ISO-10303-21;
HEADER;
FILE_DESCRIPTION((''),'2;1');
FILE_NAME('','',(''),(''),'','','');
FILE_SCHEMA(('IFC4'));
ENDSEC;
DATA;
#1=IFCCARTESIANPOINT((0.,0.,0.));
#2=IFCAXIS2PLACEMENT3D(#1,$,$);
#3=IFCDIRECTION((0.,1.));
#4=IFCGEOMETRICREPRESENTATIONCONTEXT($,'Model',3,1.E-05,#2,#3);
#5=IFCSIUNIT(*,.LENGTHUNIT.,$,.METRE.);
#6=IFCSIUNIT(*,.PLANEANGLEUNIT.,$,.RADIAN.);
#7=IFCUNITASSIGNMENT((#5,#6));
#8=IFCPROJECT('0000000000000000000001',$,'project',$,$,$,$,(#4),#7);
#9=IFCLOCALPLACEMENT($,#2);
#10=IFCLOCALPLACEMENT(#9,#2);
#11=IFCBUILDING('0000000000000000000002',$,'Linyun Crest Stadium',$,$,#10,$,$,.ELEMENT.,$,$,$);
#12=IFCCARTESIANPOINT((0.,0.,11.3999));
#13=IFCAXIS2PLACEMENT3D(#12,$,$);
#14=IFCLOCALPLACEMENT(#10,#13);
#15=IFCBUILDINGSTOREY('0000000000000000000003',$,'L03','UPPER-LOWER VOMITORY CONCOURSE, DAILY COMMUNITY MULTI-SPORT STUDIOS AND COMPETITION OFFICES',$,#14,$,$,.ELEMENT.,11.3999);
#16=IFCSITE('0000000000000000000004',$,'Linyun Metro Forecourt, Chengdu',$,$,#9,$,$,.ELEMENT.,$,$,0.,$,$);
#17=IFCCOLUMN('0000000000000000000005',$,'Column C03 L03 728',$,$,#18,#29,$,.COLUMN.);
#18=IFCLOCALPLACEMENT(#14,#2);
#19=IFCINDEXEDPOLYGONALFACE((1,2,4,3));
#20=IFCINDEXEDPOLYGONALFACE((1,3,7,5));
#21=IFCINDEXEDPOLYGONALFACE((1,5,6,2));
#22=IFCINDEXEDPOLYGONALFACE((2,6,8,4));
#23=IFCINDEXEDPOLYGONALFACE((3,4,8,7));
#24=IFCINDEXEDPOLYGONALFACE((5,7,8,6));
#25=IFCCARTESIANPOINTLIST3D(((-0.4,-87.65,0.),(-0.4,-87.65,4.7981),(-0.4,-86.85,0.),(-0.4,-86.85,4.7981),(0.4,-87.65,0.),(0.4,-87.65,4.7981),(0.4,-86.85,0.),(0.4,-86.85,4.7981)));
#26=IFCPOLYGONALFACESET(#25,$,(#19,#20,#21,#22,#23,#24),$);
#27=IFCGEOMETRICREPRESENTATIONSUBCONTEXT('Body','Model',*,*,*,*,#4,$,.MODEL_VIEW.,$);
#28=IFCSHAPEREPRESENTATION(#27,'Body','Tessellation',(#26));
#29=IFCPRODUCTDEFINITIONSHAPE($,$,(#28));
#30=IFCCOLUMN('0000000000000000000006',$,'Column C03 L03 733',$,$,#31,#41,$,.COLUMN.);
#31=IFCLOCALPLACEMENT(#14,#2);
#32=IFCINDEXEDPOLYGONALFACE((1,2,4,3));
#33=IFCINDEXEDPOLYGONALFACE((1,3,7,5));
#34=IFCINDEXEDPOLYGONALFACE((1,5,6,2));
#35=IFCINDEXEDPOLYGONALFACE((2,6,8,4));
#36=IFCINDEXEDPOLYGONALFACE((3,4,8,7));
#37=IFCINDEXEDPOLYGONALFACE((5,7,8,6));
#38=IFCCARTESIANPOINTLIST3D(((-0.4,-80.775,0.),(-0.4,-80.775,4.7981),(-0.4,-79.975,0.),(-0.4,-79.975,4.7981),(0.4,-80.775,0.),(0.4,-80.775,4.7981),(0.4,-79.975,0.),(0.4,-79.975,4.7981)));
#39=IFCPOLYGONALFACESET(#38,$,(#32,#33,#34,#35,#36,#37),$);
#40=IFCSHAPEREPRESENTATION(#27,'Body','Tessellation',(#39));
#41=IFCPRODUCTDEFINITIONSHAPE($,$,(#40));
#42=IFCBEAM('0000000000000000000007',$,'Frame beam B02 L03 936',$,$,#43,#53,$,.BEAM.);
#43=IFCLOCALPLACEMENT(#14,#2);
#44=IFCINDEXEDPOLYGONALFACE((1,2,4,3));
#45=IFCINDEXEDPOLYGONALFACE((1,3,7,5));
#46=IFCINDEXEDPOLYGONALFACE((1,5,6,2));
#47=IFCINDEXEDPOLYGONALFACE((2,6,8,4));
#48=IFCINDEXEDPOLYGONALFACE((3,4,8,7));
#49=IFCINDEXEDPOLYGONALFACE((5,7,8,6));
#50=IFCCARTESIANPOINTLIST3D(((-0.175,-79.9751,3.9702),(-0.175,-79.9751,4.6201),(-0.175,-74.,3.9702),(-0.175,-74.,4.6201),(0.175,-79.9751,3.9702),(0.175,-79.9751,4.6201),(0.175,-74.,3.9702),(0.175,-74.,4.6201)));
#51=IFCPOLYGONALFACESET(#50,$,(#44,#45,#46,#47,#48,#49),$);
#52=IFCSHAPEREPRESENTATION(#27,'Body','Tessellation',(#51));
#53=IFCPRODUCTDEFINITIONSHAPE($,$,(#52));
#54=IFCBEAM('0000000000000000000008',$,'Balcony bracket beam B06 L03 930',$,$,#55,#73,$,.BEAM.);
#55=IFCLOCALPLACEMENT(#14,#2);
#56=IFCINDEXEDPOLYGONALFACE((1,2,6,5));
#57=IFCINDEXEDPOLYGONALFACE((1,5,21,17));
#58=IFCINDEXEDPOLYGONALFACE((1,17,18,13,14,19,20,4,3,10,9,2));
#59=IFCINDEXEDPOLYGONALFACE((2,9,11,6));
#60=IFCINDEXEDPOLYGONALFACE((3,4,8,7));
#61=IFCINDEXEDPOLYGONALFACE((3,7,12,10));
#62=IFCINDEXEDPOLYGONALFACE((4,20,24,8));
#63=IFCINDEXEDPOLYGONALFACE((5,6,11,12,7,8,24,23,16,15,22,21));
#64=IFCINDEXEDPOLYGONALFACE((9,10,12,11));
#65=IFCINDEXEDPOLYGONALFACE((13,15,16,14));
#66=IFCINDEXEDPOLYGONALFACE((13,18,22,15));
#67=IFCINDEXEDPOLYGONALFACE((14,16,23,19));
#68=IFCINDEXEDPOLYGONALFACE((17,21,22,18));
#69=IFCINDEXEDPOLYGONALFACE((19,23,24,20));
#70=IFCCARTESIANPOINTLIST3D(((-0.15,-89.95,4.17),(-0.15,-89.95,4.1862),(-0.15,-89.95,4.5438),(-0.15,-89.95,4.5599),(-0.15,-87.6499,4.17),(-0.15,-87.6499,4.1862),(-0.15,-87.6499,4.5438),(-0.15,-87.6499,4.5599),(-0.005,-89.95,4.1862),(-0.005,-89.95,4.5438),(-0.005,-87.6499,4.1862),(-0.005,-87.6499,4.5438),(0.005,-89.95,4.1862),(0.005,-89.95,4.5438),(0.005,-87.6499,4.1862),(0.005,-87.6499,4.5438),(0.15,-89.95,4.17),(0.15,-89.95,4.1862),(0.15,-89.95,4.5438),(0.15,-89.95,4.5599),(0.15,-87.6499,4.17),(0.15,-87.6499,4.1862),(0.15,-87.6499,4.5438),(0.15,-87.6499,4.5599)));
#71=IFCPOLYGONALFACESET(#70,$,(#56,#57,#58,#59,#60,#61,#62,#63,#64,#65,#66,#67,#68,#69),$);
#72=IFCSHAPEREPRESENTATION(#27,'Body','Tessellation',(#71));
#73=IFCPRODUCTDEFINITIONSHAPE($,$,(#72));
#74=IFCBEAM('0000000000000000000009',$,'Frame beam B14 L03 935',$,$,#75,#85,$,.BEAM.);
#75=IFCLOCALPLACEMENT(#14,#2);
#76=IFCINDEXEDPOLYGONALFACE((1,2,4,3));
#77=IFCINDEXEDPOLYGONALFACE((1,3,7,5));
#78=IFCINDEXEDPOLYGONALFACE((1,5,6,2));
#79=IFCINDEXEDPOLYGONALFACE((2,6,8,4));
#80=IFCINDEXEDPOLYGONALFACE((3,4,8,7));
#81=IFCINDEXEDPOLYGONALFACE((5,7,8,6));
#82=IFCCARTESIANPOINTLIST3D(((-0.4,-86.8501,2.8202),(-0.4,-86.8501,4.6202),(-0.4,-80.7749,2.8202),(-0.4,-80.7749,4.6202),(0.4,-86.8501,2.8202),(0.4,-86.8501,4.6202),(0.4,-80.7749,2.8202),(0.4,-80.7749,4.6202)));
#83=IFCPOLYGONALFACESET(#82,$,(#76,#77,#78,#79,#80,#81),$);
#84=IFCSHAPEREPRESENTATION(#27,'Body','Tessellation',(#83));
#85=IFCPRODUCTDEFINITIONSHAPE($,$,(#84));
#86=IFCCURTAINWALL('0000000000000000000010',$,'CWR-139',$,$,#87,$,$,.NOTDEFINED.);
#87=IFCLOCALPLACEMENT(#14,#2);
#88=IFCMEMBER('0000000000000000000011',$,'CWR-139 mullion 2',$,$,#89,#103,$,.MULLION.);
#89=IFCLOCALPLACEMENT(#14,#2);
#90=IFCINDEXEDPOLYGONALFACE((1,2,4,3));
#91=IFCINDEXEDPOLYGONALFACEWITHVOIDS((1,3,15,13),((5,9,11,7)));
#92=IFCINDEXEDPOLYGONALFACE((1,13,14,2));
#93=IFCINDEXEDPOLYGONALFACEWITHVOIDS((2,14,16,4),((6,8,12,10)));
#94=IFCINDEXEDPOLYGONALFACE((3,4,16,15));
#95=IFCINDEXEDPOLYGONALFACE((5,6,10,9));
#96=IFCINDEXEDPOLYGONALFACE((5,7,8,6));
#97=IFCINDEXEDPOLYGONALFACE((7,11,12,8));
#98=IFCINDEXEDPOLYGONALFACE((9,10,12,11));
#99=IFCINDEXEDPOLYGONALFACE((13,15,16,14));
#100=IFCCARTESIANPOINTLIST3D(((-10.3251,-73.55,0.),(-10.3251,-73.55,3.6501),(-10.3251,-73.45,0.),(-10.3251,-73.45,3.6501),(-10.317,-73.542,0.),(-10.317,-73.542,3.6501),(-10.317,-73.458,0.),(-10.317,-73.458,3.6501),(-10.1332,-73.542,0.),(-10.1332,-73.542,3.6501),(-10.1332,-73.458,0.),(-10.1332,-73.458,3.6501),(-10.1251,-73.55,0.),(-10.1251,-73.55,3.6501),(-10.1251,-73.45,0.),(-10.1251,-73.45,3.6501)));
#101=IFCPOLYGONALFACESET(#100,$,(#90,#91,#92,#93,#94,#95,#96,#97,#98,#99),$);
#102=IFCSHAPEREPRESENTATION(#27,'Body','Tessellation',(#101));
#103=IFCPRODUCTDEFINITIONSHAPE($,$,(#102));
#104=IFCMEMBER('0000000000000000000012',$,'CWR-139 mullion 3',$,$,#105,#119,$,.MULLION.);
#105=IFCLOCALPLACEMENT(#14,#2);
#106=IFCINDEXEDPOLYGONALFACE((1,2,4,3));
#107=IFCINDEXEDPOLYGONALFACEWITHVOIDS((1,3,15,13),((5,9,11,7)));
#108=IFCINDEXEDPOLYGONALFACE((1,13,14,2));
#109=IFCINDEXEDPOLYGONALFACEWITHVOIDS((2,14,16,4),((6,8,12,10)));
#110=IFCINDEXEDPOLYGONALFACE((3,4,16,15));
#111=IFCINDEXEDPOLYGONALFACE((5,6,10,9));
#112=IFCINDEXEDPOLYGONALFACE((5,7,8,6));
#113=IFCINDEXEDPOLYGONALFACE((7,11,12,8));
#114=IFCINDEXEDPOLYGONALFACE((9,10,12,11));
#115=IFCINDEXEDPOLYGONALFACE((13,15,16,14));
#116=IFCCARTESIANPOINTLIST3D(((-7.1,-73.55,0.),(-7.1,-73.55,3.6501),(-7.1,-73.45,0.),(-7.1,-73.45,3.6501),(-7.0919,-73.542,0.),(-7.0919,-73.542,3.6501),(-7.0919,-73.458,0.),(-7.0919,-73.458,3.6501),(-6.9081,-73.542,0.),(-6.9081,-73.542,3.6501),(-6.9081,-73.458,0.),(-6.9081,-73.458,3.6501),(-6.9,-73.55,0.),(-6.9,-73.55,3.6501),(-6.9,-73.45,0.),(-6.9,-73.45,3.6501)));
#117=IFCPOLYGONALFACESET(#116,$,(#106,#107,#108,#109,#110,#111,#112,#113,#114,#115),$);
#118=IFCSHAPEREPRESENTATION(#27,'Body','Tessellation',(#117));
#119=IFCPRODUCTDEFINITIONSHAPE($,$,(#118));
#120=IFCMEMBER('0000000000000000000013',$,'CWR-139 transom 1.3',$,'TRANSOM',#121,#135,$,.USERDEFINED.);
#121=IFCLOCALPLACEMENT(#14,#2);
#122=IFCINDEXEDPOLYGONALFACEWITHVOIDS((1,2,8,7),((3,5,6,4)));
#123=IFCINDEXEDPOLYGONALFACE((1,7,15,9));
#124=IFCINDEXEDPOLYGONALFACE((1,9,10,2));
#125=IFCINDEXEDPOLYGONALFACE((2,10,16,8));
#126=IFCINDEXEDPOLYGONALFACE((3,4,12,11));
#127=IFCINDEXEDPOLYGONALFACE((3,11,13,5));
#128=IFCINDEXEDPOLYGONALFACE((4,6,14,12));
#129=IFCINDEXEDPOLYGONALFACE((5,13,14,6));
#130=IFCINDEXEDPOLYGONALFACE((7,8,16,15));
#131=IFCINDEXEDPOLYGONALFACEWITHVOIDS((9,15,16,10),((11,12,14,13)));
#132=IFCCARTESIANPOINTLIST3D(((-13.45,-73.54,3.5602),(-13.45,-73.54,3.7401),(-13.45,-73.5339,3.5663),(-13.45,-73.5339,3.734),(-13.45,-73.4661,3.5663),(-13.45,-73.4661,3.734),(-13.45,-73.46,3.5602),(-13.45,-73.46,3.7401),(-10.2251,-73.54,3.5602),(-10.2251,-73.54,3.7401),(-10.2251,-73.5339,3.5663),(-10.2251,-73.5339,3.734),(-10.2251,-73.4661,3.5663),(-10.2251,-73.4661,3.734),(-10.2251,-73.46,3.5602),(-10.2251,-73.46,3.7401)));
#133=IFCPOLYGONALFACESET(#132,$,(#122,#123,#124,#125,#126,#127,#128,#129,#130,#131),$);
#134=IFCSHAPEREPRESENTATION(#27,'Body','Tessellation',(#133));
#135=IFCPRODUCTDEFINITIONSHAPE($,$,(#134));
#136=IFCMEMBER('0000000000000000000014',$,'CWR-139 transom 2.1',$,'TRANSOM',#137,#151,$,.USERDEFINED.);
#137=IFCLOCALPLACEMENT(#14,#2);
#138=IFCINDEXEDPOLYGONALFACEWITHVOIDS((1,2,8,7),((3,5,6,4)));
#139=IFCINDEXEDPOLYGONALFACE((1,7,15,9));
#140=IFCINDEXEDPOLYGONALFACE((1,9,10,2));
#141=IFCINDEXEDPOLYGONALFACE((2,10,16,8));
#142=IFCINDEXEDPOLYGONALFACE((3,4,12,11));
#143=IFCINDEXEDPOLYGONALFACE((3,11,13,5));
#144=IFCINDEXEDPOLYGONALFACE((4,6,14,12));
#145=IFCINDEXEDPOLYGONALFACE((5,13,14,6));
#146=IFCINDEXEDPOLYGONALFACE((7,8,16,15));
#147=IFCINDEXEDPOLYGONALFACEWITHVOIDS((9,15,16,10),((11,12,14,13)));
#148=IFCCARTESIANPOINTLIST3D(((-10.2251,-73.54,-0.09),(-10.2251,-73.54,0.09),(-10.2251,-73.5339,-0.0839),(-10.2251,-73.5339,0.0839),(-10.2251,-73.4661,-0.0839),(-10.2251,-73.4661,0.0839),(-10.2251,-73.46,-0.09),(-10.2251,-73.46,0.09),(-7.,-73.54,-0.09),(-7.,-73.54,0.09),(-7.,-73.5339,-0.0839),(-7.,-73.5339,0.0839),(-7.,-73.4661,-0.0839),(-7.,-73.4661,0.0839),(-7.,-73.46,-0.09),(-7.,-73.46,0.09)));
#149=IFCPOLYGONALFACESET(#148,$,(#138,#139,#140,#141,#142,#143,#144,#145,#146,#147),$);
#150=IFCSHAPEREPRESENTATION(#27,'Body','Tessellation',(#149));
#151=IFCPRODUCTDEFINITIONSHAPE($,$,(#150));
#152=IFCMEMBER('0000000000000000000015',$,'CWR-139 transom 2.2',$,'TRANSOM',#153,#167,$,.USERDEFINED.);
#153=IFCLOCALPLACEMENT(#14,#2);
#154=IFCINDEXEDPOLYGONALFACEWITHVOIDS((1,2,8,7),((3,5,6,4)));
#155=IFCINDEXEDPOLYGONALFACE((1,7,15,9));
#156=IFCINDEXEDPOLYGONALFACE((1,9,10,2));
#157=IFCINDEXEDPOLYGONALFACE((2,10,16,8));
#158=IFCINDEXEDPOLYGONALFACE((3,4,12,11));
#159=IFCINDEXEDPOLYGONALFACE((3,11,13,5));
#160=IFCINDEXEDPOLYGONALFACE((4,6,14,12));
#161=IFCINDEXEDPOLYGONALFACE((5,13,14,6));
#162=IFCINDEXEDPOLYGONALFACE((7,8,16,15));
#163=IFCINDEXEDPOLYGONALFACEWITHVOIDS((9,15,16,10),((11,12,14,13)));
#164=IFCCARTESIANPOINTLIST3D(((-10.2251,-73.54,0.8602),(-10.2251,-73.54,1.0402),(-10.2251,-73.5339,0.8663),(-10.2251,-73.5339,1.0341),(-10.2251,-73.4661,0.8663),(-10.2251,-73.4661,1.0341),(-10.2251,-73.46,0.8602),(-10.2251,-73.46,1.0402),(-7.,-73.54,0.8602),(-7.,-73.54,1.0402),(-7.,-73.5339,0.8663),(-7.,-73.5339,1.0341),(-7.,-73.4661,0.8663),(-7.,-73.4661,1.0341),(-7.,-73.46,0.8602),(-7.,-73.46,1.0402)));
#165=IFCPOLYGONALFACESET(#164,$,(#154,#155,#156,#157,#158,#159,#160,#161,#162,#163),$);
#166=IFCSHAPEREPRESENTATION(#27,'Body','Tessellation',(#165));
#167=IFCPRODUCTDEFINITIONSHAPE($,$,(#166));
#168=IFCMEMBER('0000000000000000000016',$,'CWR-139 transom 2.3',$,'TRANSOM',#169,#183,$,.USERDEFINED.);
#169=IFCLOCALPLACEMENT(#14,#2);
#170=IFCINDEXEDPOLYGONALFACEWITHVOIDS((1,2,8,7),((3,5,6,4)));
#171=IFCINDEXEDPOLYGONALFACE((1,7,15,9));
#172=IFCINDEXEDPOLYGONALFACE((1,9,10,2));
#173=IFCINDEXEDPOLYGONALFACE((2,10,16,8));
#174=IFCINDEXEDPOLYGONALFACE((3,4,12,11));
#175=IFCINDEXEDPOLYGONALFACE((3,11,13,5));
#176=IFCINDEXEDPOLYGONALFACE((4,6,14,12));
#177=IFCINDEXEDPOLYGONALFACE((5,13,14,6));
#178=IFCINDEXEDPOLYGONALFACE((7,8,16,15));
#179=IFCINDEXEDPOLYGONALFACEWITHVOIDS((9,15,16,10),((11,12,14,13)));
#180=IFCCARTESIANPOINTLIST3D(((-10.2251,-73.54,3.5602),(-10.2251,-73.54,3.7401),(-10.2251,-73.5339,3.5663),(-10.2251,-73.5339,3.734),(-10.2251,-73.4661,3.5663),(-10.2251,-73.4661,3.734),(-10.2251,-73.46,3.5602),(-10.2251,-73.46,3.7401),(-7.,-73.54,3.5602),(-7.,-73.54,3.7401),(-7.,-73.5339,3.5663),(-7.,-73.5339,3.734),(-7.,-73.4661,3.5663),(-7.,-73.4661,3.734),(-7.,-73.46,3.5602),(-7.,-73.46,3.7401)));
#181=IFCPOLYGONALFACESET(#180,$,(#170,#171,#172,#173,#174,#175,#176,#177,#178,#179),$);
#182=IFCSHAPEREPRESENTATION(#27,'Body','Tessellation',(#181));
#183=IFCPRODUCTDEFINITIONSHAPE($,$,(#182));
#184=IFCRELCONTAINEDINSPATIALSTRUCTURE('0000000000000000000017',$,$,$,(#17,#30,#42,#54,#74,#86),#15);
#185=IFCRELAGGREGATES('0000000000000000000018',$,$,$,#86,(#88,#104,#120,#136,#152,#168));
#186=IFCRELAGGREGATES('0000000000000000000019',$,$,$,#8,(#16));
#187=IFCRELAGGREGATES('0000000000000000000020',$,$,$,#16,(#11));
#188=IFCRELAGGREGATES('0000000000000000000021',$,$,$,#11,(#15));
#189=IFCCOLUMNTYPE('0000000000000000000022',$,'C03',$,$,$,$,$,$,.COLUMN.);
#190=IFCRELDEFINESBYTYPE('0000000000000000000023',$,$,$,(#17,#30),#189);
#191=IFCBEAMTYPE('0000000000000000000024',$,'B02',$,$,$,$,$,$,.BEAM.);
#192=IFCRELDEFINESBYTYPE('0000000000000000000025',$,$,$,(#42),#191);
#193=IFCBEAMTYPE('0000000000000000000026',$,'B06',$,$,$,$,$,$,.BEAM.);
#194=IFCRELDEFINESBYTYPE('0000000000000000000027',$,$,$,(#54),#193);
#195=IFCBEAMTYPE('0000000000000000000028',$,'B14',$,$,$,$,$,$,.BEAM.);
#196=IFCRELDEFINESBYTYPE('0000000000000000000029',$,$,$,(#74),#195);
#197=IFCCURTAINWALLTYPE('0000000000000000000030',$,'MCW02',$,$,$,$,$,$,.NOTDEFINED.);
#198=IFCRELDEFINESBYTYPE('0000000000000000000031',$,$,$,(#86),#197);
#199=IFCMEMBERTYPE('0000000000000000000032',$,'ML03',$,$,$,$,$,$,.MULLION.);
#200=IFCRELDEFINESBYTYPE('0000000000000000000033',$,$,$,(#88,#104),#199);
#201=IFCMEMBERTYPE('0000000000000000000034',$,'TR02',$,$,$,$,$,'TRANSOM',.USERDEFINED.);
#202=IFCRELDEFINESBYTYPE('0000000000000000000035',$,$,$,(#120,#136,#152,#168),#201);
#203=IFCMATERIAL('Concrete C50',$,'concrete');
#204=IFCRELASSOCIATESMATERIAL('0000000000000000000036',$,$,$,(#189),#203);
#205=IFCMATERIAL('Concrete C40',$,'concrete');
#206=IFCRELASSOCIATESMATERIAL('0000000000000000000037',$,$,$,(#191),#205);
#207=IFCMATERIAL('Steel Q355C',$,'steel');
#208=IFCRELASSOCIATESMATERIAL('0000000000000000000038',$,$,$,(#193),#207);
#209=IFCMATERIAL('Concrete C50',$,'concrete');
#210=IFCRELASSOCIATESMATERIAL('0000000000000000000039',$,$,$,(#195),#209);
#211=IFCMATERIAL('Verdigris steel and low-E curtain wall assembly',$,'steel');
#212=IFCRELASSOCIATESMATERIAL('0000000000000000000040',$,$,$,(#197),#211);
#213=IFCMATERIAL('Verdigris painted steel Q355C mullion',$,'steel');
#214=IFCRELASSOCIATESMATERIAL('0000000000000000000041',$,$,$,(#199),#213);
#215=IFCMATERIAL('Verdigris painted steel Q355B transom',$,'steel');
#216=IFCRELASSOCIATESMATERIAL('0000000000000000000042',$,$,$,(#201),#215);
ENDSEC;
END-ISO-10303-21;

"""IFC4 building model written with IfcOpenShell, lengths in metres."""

from ifc_helpers import new_model, si_unit, direction, frame, origin, origin_2d, place, context, subcontext, project, spatial, rectangle, hollow_rectangle, i_section, extrude, material, material_profile, profile_set, type_object, element, aggregate, save


model = new_model("IFC4")

# Units and contexts
model_context = context("Model", 3, precision=1e-05, world=origin(), true_north=direction((0.0, 1.0)))
body_context = subcontext(model_context, "Body", "Model", "MODEL_VIEW")
ifc_project = project(units=[si_unit("LENGTHUNIT", "METRE"), si_unit("PLANEANGLEUNIT", "RADIAN")], contexts=[model_context])

# Site, building, storey
site_placement = place(None, origin())
site = spatial("IfcSite", under=ifc_project, at=site_placement, Name="Linyun Metro Forecourt, Chengdu", CompositionType="ELEMENT", RefElevation=0.0)
building_placement = place(site_placement, origin())
building = spatial("IfcBuilding", under=site, at=building_placement, Name="Linyun Crest Stadium", CompositionType="ELEMENT")
storey_placement = place(building_placement, frame((0.0, 0.0, 11.3999)))
storey = spatial("IfcBuildingStorey", under=building, at=storey_placement, Name="L03", Description="UPPER-LOWER VOMITORY CONCOURSE, DAILY COMMUNITY MULTI-SPORT STUDIOS AND COMPETITION OFFICES", CompositionType="ELEMENT", Elevation=11.3999)

# Columns
ifc_material_1 = material(Name="Concrete C50", Category="concrete")
ifc_material_profile_1 = material_profile(ifc_material_1, rectangle(XDim=0.8, YDim=0.8, at=origin_2d()), Name="RC 800x800")
ifc_profile_set_1 = profile_set([ifc_material_profile_1], Name="Concrete C50")
column_type = type_object("IfcColumnType", Name="C03", PredefinedType="COLUMN", material=ifc_profile_set_1)
for number, where, z_axis, x_axis, name in (
    (1, (0.0, -87.25, 0.0), (0.0, 0.0, 1.0), (1.0, 0.0, 0.0), "Column C03 L03 728"),
    (2, (0.0, -80.375, 0.0), (0.0, 0.0, 1.0), (1.0, 0.0, 0.0), "Column C03 L03 733"),
):
    element("IfcColumn", number, at=place(storey_placement, frame(where, z_axis=z_axis, x_axis=x_axis)), inside=storey, type_object=column_type, Name=name, PredefinedType="COLUMN", context=body_context, shape_type="SweptSolid", body=[
        extrude(rectangle(XDim=0.8, YDim=0.8, at=origin_2d()), origin(), (0.0, 0.0, 1.0), 4.7981),
    ])

# Beams
ifc_material_2 = material(Name="Concrete C40", Category="concrete")
ifc_material_profile_2 = material_profile(ifc_material_2, rectangle(XDim=0.3501, YDim=0.6499, at=origin_2d()), Name="RCB 650x350")
ifc_profile_set_2 = profile_set([ifc_material_profile_2], Name="Concrete C40")
beam_type_1 = type_object("IfcBeamType", Name="B02", PredefinedType="BEAM", material=ifc_profile_set_2)
beam_1_placement = place(storey_placement, frame((0.0, -79.9751, 4.2952), z_axis=(0.0, 1.0, 0.0), x_axis=(-1.0, 0.0, 0.0)))
element("IfcBeam", 3, at=beam_1_placement, inside=storey, type_object=beam_type_1, Name="Frame beam B02 L03 936", PredefinedType="BEAM", context=body_context, shape_type="SweptSolid", body=[
    extrude(rectangle(XDim=0.3501, YDim=0.6499, at=origin_2d()), origin(), (0.0, 0.0, 1.0), 5.9751),
])
ifc_material_3 = material(Name="Steel Q355C", Category="steel")
ifc_material_profile_3 = material_profile(ifc_material_3, i_section(OverallWidth=0.3, OverallDepth=0.3899, WebThickness=0.01, FlangeThickness=0.0161, at=origin_2d()), Name="HM 390x300")
ifc_profile_set_3 = profile_set([ifc_material_profile_3], Name="Steel Q355C")
beam_type_2 = type_object("IfcBeamType", Name="B06", PredefinedType="BEAM", material=ifc_profile_set_3)
beam_2_placement = place(storey_placement, frame((0.0, -89.95, 4.365), z_axis=(0.0, 1.0, 0.0), x_axis=(-1.0, 0.0, 0.0)))
element("IfcBeam", 4, at=beam_2_placement, inside=storey, type_object=beam_type_2, Name="Balcony bracket beam B06 L03 930", PredefinedType="BEAM", context=body_context, shape_type="SweptSolid", body=[
    extrude(i_section(OverallWidth=0.3, OverallDepth=0.3899, WebThickness=0.01, FlangeThickness=0.0161, at=origin_2d()), origin(), (0.0, 0.0, 1.0), 2.3),
])
ifc_material_4 = material(Name="Concrete C50", Category="concrete")
ifc_material_profile_4 = material_profile(ifc_material_4, rectangle(XDim=0.8, YDim=1.8, at=origin_2d()), Name="RCB 1800x800")
ifc_profile_set_4 = profile_set([ifc_material_profile_4], Name="Concrete C50")
beam_type_3 = type_object("IfcBeamType", Name="B14", PredefinedType="BEAM", material=ifc_profile_set_4)
beam_3_placement = place(storey_placement, frame((0.0, -86.8501, 3.7202), z_axis=(0.0, 1.0, 0.0), x_axis=(-1.0, 0.0, 0.0)))
element("IfcBeam", 5, at=beam_3_placement, inside=storey, type_object=beam_type_3, Name="Frame beam B14 L03 935", PredefinedType="BEAM", context=body_context, shape_type="SweptSolid", body=[
    extrude(rectangle(XDim=0.8, YDim=1.8, at=origin_2d()), origin(), (0.0, 0.0, 1.0), 6.0752),
])

# Curtain wall, members
ifc_material_5 = material(Name="Verdigris steel and low-E curtain wall assembly", Category="steel")
curtain_wall_type = type_object("IfcCurtainWallType", Name="MCW02", PredefinedType="NOTDEFINED", material=ifc_material_5)
curtain_wall_placement = place(storey_placement, origin())
curtain_wall = element("IfcCurtainWall", 6, at=curtain_wall_placement, inside=storey, type_object=curtain_wall_type, Name="CWR-139", PredefinedType="NOTDEFINED")
ifc_material_6 = material(Name="Verdigris painted steel Q355C mullion", Category="steel")
ifc_material_profile_5 = material_profile(ifc_material_6, hollow_rectangle(XDim=0.1001, YDim=0.2, WallThickness=0.0081, at=origin_2d()), Name="RHS 200x100x8")
ifc_profile_set_5 = profile_set([ifc_material_profile_5], Name="Verdigris painted steel Q355C mullion")
member_type_1 = type_object("IfcMemberType", Name="ML03", PredefinedType="MULLION", material=ifc_profile_set_5)
member_1_placement = place(storey_placement, frame((-10.2251, -73.5, 0.0), z_axis=(0.0, 0.0, 1.0), x_axis=(0.0, 1.0, 0.0)))
member_1 = element("IfcMember", 7, at=member_1_placement, type_object=member_type_1, Name="CWR-139 mullion 2", PredefinedType="MULLION", context=body_context, shape_type="SweptSolid", body=[
    extrude(hollow_rectangle(XDim=0.1001, YDim=0.2, WallThickness=0.0081, at=origin_2d()), origin(), (0.0, 0.0, 1.0), 3.6501),
])
member_2_placement = place(storey_placement, frame((-7.0, -73.5, 0.0), z_axis=(0.0, 0.0, 1.0), x_axis=(0.0, 1.0, 0.0)))
member_2 = element("IfcMember", 8, at=member_2_placement, type_object=member_type_1, Name="CWR-139 mullion 3", PredefinedType="MULLION", context=body_context, shape_type="SweptSolid", body=[
    extrude(hollow_rectangle(XDim=0.1001, YDim=0.2, WallThickness=0.0081, at=origin_2d()), origin(), (0.0, 0.0, 1.0), 3.6501),
])
ifc_material_7 = material(Name="Verdigris painted steel Q355B transom", Category="steel")
ifc_material_profile_6 = material_profile(ifc_material_7, hollow_rectangle(XDim=0.0801, YDim=0.1799, WallThickness=0.0061, at=origin_2d()), Name="RHS 180x80x6")
ifc_profile_set_6 = profile_set([ifc_material_profile_6], Name="Verdigris painted steel Q355B transom")
member_type_2 = type_object("IfcMemberType", Name="TR02", ElementType="TRANSOM", PredefinedType="USERDEFINED", material=ifc_profile_set_6)
member_3_placement = place(storey_placement, frame((-13.45, -73.5, 3.6501), z_axis=(1.0, 0.0, 0.0), x_axis=(0.0, 1.0, 0.0)))
member_3 = element("IfcMember", 9, at=member_3_placement, type_object=member_type_2, Name="CWR-139 transom 1.3", ObjectType="TRANSOM", PredefinedType="USERDEFINED", context=body_context, shape_type="SweptSolid", body=[
    extrude(hollow_rectangle(XDim=0.0801, YDim=0.1799, WallThickness=0.0061, at=origin_2d()), origin(), (0.0, 0.0, 1.0), 3.2249),
])
member_4_placement = place(storey_placement, frame((-10.2251, -73.5, 0.0), z_axis=(1.0, 0.0, 0.0), x_axis=(0.0, 1.0, 0.0)))
member_4 = element("IfcMember", 10, at=member_4_placement, type_object=member_type_2, Name="CWR-139 transom 2.1", ObjectType="TRANSOM", PredefinedType="USERDEFINED", context=body_context, shape_type="SweptSolid", body=[
    extrude(hollow_rectangle(XDim=0.0801, YDim=0.1799, WallThickness=0.0061, at=origin_2d()), origin(), (0.0, 0.0, 1.0), 3.2251),
])
member_5_placement = place(storey_placement, frame((-10.2251, -73.5, 0.9502), z_axis=(1.0, 0.0, 0.0), x_axis=(0.0, 1.0, 0.0)))
member_5 = element("IfcMember", 11, at=member_5_placement, type_object=member_type_2, Name="CWR-139 transom 2.2", ObjectType="TRANSOM", PredefinedType="USERDEFINED", context=body_context, shape_type="SweptSolid", body=[
    extrude(hollow_rectangle(XDim=0.0801, YDim=0.1799, WallThickness=0.0061, at=origin_2d()), origin(), (0.0, 0.0, 1.0), 3.2251),
])
member_6_placement = place(storey_placement, frame((-10.2251, -73.5, 3.6501), z_axis=(1.0, 0.0, 0.0), x_axis=(0.0, 1.0, 0.0)))
member_6 = element("IfcMember", 12, at=member_6_placement, type_object=member_type_2, Name="CWR-139 transom 2.3", ObjectType="TRANSOM", PredefinedType="USERDEFINED", context=body_context, shape_type="SweptSolid", body=[
    extrude(hollow_rectangle(XDim=0.0801, YDim=0.1799, WallThickness=0.0061, at=origin_2d()), origin(), (0.0, 0.0, 1.0), 3.2251),
])
aggregate(curtain_wall, [member_1, member_2, member_3, member_4, member_5, member_6])

save(model, "model.ifc")
